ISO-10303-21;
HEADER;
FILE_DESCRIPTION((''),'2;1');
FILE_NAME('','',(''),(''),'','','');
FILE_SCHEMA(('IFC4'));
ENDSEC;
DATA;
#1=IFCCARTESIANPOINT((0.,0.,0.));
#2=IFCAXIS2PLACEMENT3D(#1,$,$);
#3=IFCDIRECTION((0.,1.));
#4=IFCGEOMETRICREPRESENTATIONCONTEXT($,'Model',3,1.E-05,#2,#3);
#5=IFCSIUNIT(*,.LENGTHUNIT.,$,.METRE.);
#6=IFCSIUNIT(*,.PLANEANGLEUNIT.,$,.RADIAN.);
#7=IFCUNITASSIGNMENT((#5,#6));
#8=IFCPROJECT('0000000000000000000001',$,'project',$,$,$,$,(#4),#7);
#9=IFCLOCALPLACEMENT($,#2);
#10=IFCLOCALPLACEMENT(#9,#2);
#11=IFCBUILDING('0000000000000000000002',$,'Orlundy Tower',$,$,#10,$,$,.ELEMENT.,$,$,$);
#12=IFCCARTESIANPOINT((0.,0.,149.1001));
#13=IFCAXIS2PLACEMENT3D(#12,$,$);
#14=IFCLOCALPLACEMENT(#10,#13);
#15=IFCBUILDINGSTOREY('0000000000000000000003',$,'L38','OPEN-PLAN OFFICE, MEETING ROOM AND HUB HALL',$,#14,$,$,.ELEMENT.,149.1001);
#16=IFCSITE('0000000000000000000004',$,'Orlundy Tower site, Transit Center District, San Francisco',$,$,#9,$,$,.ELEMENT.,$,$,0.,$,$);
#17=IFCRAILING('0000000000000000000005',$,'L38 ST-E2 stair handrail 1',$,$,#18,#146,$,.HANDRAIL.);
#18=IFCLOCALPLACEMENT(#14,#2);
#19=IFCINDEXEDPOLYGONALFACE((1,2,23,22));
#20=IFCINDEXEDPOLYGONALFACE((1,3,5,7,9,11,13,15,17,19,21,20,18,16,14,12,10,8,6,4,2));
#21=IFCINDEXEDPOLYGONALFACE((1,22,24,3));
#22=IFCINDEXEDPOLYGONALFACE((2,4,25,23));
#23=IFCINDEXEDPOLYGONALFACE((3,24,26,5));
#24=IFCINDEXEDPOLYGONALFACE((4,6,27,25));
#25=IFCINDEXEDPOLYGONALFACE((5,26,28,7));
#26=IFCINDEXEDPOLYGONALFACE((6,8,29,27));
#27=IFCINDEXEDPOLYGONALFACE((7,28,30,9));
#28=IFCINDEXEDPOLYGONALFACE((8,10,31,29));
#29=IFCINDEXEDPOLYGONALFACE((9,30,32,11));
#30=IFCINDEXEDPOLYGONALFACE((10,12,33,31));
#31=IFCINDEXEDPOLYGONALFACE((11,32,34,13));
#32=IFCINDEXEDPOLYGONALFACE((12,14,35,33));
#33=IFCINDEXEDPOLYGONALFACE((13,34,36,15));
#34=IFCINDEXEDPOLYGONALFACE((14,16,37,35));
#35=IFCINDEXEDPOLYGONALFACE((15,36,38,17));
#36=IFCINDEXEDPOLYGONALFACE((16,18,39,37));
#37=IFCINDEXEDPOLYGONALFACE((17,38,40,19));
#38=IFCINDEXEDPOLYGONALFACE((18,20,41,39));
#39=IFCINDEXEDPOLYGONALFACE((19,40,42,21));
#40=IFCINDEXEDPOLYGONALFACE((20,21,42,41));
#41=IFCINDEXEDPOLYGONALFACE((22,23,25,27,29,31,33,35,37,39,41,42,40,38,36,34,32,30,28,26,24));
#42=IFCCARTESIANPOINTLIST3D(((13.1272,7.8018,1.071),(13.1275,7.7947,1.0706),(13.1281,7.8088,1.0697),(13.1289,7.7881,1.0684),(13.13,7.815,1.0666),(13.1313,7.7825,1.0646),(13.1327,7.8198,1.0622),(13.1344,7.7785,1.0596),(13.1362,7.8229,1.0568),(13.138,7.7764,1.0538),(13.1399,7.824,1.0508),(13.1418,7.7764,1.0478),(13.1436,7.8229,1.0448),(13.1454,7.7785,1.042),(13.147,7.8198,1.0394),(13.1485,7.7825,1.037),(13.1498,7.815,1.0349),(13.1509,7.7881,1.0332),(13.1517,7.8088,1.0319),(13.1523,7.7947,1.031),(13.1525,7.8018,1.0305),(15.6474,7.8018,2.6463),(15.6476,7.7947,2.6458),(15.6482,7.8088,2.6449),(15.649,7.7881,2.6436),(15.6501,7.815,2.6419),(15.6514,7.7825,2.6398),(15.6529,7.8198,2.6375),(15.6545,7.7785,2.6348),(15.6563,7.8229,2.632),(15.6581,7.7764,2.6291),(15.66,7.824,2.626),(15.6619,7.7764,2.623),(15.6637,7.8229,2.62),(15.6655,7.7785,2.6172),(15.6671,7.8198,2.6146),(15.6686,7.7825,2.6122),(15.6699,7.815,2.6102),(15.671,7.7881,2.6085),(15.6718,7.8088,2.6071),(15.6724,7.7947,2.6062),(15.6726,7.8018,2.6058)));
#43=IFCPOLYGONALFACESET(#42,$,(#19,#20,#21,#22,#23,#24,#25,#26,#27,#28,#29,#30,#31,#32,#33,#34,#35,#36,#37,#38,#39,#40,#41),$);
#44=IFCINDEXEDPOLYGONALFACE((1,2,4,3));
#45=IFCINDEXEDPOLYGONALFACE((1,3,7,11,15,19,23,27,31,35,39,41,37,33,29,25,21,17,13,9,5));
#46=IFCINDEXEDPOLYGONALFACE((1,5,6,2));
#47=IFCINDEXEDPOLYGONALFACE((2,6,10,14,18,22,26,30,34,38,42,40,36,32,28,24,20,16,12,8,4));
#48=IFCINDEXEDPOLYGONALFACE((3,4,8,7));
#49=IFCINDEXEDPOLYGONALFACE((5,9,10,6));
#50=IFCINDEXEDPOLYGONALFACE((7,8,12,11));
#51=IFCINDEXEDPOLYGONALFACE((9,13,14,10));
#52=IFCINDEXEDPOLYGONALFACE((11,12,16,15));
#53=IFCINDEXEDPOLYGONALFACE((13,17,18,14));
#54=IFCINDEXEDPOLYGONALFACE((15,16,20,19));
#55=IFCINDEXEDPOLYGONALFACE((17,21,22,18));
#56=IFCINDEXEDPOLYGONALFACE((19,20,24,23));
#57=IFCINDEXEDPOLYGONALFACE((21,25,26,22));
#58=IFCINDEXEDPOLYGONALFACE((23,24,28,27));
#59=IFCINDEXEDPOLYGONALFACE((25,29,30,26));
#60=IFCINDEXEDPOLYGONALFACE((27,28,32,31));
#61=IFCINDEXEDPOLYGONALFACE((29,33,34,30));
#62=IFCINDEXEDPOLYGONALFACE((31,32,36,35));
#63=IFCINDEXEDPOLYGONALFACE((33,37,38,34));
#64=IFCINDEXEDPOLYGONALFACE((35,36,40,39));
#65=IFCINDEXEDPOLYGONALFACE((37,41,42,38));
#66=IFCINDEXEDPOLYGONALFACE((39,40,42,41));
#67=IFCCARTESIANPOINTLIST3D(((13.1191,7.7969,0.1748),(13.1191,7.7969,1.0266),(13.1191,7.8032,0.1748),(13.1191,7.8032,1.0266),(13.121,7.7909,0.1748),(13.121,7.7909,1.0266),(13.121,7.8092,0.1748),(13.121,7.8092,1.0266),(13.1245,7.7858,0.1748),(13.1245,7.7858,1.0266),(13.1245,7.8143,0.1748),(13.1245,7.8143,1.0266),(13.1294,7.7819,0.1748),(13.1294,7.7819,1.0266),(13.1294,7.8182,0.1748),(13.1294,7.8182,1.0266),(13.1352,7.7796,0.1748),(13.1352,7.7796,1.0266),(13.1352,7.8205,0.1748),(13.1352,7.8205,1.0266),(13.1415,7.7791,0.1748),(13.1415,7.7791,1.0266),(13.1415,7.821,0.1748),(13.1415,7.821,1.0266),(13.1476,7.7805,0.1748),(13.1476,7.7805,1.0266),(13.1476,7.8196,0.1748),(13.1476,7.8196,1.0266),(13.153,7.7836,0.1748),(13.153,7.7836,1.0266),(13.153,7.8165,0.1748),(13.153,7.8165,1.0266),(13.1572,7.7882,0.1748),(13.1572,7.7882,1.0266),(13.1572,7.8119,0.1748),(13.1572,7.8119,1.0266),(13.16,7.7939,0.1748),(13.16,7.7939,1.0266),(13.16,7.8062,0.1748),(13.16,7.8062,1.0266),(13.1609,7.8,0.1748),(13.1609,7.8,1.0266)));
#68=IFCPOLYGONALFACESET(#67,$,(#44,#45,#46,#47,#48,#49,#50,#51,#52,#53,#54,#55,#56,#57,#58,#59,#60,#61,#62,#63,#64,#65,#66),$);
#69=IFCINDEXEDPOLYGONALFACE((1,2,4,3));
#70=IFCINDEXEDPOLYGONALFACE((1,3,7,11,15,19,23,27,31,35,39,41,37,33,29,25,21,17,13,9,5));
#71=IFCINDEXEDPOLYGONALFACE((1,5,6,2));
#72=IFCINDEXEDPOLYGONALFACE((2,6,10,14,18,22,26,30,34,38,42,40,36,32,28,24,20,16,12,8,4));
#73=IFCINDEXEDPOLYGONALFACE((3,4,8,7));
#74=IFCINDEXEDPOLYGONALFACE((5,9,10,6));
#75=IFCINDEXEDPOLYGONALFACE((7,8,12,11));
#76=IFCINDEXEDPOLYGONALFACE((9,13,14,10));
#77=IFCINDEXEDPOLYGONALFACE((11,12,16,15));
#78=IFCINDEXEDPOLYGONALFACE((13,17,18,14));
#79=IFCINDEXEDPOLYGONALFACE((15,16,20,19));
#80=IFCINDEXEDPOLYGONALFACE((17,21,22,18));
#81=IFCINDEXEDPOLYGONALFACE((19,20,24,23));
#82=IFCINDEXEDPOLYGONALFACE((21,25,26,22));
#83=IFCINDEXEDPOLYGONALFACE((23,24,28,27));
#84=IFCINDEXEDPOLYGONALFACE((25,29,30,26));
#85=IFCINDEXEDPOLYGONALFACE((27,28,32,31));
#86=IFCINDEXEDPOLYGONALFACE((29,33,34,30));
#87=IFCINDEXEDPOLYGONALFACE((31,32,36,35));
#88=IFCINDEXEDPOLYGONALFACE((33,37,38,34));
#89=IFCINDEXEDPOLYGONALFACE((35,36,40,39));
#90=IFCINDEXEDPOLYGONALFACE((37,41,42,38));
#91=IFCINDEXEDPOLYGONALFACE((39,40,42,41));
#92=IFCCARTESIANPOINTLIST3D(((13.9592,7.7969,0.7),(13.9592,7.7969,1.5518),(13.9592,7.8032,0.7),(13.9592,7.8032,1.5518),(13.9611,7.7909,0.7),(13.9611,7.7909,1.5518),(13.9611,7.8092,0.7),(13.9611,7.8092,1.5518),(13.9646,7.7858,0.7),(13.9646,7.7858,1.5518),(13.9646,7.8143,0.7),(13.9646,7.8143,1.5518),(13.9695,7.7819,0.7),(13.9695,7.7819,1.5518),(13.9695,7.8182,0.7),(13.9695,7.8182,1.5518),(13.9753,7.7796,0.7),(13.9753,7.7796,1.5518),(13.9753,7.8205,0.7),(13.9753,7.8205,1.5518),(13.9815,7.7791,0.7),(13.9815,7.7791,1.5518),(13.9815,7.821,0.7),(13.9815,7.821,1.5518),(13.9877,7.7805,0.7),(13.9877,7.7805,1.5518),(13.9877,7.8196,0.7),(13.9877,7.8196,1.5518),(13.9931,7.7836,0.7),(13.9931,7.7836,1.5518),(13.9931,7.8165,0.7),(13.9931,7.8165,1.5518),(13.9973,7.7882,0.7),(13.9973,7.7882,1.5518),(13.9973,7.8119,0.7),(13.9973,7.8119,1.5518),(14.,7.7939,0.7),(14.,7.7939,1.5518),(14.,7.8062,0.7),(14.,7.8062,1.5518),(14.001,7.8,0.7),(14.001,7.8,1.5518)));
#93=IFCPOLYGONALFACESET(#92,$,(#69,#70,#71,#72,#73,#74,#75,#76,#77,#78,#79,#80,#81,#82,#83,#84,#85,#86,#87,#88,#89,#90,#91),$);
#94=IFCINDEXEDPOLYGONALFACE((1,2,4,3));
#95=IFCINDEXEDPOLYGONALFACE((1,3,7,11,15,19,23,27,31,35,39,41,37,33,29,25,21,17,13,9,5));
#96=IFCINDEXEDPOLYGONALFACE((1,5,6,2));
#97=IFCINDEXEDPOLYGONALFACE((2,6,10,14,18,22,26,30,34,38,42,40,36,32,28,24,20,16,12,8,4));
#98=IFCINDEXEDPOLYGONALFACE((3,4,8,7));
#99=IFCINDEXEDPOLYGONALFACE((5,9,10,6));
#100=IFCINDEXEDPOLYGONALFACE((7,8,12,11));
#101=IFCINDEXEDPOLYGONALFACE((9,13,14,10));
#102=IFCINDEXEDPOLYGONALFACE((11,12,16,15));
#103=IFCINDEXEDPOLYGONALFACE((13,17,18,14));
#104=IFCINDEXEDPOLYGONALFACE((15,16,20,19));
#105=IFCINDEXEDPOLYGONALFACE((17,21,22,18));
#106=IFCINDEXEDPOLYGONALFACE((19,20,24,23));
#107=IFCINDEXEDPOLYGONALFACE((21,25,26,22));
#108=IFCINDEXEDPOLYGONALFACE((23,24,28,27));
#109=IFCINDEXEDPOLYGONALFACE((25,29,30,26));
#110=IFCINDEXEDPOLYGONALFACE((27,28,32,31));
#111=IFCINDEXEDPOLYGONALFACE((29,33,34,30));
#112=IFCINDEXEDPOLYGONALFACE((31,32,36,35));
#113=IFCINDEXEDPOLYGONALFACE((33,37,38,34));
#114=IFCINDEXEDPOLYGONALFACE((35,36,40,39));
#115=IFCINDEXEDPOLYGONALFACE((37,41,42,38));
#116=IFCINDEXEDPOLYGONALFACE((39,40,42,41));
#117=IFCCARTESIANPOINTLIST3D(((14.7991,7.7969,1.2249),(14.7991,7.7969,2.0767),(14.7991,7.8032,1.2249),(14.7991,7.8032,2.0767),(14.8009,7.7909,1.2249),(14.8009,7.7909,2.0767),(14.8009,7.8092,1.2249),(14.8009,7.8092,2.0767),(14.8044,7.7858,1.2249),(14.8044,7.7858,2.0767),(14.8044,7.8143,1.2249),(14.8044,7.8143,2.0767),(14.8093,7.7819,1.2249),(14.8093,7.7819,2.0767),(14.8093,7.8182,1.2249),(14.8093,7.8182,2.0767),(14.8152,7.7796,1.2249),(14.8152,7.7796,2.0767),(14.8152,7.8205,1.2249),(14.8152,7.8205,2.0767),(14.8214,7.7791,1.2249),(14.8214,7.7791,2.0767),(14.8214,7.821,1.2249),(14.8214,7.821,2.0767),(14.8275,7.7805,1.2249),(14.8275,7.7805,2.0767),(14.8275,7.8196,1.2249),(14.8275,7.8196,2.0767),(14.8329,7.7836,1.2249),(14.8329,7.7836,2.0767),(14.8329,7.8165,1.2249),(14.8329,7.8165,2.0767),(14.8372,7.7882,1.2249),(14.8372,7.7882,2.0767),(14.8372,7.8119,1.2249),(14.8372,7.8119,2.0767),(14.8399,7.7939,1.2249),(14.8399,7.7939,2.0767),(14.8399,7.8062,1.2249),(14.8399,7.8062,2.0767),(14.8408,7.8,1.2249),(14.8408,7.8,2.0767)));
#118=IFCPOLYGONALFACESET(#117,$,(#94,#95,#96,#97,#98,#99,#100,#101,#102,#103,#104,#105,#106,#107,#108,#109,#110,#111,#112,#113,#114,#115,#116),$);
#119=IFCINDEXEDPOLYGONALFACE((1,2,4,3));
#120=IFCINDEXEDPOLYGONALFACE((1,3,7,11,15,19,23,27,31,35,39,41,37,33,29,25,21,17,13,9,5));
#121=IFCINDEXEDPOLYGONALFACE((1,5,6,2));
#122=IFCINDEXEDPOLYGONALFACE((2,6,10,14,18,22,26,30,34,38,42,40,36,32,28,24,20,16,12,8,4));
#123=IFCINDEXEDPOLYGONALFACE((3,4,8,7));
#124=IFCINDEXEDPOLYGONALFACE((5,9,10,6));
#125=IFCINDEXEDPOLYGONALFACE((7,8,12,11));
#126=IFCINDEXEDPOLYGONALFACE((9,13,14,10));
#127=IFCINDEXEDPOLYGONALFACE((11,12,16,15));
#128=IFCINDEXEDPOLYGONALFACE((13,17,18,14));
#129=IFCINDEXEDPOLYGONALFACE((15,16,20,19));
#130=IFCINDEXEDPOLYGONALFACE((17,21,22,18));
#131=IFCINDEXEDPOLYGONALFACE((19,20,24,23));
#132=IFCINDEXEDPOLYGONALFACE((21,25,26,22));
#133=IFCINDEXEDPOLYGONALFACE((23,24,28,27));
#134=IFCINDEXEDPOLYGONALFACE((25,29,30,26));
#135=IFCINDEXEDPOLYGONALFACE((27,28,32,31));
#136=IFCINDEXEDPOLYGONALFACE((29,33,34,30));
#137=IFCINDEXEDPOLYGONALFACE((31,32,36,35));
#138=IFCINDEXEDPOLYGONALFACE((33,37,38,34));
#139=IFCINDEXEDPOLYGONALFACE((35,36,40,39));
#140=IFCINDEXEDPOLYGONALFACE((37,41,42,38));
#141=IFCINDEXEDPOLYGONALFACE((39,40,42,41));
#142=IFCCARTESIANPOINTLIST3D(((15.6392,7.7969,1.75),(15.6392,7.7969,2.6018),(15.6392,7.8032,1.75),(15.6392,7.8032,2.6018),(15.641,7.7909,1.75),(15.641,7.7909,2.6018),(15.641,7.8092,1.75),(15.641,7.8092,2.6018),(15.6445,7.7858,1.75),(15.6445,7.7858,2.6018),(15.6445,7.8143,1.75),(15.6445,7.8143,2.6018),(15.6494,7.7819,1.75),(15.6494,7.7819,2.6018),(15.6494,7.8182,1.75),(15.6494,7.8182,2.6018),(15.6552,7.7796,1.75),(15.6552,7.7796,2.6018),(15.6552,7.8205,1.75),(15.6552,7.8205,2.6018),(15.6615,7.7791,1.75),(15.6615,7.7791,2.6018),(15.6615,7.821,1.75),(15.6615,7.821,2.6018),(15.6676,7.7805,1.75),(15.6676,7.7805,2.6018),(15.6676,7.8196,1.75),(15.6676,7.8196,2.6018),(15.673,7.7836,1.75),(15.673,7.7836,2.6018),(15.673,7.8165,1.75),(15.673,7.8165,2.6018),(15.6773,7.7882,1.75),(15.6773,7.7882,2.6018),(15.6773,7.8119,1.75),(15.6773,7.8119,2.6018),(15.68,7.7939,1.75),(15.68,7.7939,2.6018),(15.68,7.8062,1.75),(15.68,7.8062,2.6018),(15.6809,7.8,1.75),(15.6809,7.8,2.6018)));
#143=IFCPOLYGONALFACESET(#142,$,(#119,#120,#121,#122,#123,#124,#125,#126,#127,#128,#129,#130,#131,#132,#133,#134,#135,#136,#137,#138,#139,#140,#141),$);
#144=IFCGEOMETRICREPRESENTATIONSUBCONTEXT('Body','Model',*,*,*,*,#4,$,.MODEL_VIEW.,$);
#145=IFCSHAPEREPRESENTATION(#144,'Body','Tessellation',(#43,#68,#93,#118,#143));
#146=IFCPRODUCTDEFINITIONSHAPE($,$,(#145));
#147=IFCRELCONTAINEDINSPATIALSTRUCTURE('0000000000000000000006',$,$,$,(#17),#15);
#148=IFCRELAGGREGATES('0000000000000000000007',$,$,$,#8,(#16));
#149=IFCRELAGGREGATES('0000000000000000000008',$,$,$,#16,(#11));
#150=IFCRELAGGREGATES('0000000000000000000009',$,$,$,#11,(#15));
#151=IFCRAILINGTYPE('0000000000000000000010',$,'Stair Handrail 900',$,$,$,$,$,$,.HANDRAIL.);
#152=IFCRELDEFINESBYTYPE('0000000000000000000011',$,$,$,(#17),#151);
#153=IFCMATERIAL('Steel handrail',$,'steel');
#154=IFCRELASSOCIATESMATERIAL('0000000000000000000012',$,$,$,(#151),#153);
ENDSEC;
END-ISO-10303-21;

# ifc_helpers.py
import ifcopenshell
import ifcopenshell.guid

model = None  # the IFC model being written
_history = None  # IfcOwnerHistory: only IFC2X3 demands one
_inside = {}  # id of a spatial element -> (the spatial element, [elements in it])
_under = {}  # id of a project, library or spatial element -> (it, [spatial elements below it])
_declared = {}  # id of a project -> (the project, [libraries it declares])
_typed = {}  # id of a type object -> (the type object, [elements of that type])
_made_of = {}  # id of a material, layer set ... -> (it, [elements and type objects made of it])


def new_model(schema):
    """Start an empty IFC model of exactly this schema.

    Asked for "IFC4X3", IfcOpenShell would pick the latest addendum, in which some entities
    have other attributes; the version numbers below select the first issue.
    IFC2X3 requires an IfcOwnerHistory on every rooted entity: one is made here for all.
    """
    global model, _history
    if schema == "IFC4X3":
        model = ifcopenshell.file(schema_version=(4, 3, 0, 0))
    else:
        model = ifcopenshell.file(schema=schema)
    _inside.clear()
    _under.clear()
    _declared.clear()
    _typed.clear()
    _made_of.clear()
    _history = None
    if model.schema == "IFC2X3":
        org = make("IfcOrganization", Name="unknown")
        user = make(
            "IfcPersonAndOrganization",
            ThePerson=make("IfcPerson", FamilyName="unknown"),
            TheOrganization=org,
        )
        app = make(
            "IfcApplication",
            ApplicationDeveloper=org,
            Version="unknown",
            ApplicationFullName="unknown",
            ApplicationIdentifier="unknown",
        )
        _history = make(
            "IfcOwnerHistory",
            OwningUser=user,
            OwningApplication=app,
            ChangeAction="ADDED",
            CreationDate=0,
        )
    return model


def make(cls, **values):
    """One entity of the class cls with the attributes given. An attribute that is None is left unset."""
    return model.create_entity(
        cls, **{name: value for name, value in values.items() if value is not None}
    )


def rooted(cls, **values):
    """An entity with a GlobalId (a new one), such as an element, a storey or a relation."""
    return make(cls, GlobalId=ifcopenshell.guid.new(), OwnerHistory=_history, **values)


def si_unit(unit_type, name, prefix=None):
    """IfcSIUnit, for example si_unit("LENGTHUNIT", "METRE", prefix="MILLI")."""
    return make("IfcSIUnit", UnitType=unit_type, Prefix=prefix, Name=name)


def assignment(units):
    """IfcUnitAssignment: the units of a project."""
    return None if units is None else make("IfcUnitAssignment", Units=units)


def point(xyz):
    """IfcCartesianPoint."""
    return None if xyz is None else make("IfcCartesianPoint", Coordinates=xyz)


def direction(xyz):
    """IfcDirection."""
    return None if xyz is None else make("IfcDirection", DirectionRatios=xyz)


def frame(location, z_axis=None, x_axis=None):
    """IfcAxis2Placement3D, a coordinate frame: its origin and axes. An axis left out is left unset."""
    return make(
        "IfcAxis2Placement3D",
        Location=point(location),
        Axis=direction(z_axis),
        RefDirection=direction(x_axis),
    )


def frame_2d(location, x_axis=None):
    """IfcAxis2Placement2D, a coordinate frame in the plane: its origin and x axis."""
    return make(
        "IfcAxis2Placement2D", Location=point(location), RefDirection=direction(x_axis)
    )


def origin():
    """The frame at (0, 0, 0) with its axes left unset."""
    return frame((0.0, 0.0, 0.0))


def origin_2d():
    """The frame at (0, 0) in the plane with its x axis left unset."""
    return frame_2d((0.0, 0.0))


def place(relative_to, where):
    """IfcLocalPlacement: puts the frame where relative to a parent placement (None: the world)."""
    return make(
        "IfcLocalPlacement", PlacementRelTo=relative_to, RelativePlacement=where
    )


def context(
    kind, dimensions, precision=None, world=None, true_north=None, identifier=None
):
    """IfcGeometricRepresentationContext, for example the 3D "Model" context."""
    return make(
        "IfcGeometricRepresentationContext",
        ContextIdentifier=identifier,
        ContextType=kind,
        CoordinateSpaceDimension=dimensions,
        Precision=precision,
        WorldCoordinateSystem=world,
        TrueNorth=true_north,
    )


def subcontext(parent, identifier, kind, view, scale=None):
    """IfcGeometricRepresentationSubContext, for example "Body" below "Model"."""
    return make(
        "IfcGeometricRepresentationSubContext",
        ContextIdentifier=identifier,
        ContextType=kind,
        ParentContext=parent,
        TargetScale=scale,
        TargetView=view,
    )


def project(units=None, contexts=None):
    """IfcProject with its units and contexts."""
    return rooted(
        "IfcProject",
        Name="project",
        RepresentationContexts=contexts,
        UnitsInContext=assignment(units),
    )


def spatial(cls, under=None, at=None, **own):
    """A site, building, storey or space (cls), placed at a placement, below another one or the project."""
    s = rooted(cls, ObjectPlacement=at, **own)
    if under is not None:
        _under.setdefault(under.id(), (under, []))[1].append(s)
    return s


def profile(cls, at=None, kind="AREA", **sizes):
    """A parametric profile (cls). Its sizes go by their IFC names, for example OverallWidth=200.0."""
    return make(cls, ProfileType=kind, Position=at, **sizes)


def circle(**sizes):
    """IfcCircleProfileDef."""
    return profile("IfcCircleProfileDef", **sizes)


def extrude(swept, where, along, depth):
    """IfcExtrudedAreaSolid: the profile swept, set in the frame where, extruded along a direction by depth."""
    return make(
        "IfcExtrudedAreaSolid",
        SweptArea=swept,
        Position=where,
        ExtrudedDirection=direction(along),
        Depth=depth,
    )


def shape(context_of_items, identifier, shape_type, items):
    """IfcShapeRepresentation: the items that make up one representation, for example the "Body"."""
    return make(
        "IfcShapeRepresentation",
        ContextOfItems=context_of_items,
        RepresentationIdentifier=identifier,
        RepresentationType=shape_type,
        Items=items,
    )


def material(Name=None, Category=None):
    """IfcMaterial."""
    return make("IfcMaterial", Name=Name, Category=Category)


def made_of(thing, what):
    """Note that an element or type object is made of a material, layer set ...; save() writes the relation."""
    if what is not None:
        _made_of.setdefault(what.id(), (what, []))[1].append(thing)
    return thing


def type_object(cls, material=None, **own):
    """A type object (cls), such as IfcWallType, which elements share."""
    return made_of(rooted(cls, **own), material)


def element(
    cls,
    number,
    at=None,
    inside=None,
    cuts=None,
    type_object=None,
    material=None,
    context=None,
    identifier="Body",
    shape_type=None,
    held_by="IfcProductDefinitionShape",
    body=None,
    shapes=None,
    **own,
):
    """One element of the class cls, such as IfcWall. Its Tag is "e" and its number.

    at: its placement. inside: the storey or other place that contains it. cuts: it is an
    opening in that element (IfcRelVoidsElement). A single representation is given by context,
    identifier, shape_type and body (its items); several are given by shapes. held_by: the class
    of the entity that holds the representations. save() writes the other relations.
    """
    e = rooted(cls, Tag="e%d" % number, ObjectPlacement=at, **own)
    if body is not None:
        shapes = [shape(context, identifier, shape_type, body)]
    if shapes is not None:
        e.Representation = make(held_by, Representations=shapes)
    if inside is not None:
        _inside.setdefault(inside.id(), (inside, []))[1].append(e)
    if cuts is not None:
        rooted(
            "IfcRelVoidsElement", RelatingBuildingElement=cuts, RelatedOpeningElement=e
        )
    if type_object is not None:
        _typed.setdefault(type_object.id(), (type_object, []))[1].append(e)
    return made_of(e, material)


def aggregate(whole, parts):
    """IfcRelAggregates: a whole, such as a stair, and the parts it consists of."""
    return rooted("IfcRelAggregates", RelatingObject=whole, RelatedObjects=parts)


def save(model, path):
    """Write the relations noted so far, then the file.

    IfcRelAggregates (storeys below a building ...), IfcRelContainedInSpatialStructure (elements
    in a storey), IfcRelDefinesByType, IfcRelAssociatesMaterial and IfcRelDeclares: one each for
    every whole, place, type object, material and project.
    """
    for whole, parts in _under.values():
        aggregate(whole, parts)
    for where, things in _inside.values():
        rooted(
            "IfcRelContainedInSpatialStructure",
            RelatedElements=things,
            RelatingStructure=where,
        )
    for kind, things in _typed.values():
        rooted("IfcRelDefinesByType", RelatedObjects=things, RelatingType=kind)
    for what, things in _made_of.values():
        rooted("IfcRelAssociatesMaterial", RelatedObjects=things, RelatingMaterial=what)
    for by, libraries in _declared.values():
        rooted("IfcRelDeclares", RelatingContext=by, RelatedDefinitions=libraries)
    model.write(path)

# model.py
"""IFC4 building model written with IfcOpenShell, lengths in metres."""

from ifc_helpers import new_model, si_unit, direction, frame, origin, origin_2d, place, context, subcontext, project, spatial, circle, extrude, material, type_object, element, save


model = new_model("IFC4")

# Units and contexts
model_context = context("Model", 3, precision=1e-05, world=origin(), true_north=direction((0.0, 1.0)))
body_context = subcontext(model_context, "Body", "Model", "MODEL_VIEW")
ifc_project = project(units=[si_unit("LENGTHUNIT", "METRE"), si_unit("PLANEANGLEUNIT", "RADIAN")], contexts=[model_context])

# Site, building, storey
site_placement = place(None, origin())
site = spatial("IfcSite", under=ifc_project, at=site_placement, Name="Orlundy Tower site, Transit Center District, San Francisco", CompositionType="ELEMENT", RefElevation=0.0)
building_placement = place(site_placement, origin())
building = spatial("IfcBuilding", under=site, at=building_placement, Name="Orlundy Tower", CompositionType="ELEMENT")
storey_placement = place(building_placement, frame((0.0, 0.0, 149.1001)))
storey = spatial("IfcBuildingStorey", under=building, at=storey_placement, Name="L38", Description="OPEN-PLAN OFFICE, MEETING ROOM AND HUB HALL", CompositionType="ELEMENT", Elevation=149.1001)

# Railing
ifc_material_1 = material(Name="Steel handrail", Category="steel")
railing_type_1 = type_object("IfcRailingType", Name="Stair Handrail 900", PredefinedType="HANDRAIL", material=ifc_material_1)
railing_1_placement = place(storey_placement, frame((13.1399, 7.8, 0.1748)))
element("IfcRailing", 1, at=railing_1_placement, inside=storey, type_object=railing_type_1, Name="L38 ST-E2 stair handrail 1", PredefinedType="HANDRAIL", context=body_context, shape_type="SweptSolid", body=[
    extrude(circle(Radius=0.0239, at=origin_2d()), frame((0.0, 0.0, 0.876), z_axis=(0.847971, 0.0, 0.530043), x_axis=(0.0, 1.0, 0.0)), (0.0, 0.0, 1.0), 2.9719),
    extrude(circle(Radius=0.021, at=origin_2d()), origin(), (0.0, 0.0, 1.0), 0.8518),
    extrude(circle(Radius=0.021, at=origin_2d()), frame((0.8401, 0.0, 0.5251)), (0.0, 0.0, 1.0), 0.8518),
    extrude(circle(Radius=0.021, at=origin_2d()), frame((1.6799, 0.0, 1.05)), (0.0, 0.0, 1.0), 0.8518),
    extrude(circle(Radius=0.021, at=origin_2d()), frame((2.52, 0.0, 1.5752)), (0.0, 0.0, 1.0), 0.8518),
])

save(model, "model.ifc")
